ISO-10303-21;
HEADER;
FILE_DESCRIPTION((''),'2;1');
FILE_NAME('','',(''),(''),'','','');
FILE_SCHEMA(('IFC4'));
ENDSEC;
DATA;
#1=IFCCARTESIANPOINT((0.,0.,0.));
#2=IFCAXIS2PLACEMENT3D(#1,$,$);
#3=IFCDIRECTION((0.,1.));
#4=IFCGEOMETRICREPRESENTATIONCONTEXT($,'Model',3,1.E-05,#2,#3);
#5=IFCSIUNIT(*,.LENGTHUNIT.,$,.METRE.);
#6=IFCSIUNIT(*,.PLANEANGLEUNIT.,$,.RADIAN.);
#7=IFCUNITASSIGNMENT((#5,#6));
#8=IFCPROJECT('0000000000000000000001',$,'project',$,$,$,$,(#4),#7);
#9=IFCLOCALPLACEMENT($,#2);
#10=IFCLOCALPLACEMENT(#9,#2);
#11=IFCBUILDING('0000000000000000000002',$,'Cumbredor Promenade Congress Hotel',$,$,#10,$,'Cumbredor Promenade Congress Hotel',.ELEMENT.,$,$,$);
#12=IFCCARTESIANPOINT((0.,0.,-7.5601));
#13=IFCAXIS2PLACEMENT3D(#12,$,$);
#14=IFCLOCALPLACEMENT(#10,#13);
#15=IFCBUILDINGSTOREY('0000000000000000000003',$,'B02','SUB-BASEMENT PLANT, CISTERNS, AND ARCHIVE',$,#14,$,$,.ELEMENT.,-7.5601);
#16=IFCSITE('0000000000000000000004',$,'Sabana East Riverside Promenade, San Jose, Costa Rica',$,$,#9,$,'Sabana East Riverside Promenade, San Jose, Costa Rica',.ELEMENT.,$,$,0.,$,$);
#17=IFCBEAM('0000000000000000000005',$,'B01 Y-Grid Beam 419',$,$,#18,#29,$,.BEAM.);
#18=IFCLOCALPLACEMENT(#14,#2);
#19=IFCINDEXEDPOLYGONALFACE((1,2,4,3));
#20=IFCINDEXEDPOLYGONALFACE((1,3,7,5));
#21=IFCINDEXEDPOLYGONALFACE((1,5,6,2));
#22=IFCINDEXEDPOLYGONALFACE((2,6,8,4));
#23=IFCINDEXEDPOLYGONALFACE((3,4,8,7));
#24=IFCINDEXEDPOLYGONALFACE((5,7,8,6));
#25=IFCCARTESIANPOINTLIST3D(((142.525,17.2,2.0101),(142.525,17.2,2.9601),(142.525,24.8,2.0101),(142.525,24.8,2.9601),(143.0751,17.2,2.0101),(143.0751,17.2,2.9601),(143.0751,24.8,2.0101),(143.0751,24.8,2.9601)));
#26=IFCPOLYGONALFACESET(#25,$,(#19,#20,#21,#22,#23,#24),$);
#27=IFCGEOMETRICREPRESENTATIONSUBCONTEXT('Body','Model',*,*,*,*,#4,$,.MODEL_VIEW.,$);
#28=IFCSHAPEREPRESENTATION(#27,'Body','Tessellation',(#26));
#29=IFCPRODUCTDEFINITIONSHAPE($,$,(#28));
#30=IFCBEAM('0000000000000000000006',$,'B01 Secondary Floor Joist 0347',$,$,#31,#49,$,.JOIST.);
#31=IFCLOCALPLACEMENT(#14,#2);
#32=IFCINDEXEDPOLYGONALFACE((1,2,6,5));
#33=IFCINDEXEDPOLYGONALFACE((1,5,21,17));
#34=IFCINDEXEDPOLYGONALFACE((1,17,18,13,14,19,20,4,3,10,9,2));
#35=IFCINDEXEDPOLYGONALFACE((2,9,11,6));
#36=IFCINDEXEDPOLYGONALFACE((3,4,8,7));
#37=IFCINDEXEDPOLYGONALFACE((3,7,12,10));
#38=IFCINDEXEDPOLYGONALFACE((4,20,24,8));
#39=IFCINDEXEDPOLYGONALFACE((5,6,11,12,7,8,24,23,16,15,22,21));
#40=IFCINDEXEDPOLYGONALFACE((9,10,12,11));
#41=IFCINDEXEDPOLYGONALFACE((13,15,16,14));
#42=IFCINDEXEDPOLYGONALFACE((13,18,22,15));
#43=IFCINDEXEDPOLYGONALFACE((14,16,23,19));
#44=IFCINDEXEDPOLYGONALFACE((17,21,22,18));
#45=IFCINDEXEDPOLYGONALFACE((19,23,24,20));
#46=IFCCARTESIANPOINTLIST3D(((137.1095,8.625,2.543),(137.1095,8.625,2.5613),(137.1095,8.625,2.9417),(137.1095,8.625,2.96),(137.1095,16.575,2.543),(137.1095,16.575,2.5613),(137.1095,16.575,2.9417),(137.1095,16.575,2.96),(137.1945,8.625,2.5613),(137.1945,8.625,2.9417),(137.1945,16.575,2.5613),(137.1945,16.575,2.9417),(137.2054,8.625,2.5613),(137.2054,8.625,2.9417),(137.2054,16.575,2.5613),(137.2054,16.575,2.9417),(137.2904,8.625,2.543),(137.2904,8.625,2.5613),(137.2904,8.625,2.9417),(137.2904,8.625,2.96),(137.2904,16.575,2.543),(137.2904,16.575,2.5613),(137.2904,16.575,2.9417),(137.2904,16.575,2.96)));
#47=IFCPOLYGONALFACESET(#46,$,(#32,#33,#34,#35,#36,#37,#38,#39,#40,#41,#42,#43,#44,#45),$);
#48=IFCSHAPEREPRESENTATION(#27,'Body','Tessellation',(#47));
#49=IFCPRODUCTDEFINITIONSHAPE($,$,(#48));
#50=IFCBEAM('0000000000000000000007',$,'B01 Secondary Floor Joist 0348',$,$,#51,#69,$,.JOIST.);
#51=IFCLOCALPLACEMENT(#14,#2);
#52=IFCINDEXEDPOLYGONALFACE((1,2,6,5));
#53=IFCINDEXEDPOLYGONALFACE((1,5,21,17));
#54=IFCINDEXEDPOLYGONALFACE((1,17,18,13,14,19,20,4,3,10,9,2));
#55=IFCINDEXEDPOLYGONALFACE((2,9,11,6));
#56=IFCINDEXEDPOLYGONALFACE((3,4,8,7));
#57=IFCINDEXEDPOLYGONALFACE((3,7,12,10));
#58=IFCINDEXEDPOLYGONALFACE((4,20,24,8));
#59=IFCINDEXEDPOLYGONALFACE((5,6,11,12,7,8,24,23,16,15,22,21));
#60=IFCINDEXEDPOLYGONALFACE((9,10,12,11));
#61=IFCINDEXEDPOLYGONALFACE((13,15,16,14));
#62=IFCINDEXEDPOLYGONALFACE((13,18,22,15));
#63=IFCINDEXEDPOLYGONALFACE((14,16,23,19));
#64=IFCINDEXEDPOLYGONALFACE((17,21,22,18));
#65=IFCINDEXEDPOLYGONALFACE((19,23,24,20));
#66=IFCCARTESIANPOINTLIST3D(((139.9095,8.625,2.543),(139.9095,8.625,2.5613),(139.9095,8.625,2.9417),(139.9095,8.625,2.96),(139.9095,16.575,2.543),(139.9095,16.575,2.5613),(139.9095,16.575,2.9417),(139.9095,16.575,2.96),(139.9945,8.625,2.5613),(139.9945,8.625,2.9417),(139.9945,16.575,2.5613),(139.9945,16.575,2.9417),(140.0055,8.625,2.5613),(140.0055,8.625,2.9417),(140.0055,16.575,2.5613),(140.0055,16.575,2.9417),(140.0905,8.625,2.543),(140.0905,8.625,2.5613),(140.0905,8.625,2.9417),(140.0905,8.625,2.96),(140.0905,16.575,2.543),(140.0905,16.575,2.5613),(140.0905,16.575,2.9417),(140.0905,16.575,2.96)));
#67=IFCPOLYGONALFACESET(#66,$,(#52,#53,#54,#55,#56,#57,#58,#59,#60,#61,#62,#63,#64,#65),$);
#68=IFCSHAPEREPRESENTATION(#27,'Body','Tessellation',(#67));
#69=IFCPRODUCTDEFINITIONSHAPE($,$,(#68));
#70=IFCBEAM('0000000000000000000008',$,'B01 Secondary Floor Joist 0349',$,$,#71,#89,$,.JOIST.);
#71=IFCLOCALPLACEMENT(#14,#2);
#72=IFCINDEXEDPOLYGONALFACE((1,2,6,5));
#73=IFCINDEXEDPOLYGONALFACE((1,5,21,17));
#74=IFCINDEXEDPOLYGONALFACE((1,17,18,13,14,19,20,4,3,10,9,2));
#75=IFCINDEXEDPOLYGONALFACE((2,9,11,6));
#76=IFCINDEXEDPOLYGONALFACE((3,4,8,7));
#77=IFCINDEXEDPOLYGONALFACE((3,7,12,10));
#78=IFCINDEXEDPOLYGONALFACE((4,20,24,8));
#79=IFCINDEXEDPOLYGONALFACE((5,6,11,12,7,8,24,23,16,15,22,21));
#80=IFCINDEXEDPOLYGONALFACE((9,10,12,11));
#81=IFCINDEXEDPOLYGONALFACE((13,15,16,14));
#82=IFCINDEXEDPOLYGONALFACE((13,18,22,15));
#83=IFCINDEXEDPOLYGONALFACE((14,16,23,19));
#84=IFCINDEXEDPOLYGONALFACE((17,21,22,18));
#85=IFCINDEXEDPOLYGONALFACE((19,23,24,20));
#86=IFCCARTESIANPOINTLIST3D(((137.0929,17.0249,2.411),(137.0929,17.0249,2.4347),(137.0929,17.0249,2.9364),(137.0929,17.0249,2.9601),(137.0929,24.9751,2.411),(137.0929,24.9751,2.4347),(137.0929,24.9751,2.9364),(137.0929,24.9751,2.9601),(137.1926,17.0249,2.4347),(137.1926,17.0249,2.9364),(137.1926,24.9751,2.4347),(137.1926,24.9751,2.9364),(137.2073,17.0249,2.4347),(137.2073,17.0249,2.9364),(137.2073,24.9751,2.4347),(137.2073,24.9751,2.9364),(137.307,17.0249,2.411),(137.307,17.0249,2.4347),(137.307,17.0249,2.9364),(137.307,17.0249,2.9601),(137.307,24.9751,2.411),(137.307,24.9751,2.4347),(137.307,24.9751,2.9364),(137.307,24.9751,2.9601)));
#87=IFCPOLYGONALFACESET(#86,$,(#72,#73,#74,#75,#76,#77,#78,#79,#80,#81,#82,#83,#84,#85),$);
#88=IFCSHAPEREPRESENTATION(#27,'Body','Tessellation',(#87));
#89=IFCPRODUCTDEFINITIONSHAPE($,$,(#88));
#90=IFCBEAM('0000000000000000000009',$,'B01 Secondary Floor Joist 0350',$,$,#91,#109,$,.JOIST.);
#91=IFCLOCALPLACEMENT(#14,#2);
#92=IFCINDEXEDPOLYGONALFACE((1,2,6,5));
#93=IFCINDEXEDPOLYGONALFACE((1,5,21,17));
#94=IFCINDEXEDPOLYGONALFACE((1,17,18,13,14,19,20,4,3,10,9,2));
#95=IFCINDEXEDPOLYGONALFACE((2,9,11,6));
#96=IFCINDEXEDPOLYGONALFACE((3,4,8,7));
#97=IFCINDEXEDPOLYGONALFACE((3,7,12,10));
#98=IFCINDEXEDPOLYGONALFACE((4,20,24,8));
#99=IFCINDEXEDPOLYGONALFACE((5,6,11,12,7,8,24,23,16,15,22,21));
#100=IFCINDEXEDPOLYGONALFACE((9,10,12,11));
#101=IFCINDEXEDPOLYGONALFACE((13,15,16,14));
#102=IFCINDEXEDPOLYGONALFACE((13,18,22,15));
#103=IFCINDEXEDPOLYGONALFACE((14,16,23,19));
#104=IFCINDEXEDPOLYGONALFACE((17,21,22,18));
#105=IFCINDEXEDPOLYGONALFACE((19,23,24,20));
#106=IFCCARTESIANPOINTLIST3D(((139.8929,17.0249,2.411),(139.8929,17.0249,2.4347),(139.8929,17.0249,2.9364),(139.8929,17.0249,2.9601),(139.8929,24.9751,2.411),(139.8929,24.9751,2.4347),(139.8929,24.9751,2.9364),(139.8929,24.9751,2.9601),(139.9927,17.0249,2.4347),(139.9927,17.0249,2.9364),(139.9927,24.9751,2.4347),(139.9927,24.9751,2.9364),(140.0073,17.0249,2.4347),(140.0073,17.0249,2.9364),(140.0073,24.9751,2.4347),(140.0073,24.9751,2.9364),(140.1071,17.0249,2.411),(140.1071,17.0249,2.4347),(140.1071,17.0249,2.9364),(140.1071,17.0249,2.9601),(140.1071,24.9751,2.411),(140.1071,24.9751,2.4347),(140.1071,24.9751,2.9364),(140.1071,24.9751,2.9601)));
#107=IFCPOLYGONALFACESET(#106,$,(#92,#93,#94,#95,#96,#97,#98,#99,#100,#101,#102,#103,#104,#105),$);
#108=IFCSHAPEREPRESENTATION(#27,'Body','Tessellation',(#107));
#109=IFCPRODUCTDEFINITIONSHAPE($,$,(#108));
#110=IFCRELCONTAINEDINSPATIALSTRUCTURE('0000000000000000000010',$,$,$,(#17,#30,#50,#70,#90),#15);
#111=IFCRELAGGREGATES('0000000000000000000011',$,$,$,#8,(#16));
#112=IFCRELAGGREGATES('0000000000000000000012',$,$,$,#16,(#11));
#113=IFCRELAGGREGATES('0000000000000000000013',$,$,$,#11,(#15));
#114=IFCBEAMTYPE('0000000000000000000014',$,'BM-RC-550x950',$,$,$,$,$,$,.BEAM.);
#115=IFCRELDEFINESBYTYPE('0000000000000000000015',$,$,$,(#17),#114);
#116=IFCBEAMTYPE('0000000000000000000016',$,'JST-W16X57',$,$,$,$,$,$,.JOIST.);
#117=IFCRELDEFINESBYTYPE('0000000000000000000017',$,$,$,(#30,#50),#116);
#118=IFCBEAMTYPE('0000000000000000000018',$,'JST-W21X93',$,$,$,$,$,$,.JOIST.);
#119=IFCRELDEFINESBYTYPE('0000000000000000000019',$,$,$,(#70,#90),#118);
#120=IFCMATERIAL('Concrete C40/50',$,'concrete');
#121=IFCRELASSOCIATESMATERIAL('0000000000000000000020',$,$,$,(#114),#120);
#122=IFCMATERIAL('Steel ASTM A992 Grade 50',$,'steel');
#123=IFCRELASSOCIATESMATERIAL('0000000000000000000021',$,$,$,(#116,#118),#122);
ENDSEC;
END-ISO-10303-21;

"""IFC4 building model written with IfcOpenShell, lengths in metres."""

from ifc_helpers import new_model, si_unit, direction, frame, origin, origin_2d, place, context, subcontext, project, spatial, rectangle, i_section, extrude, material, material_profile, profile_set, type_object, element, save


model = new_model("IFC4")

# Units and contexts
model_context = context("Model", 3, precision=1e-05, world=origin(), true_north=direction((0.0, 1.0)))
body_context = subcontext(model_context, "Body", "Model", "MODEL_VIEW")
ifc_project = project(units=[si_unit("LENGTHUNIT", "METRE"), si_unit("PLANEANGLEUNIT", "RADIAN")], contexts=[model_context])

# Site, building, storey
site_placement = place(None, origin())
site = spatial("IfcSite", under=ifc_project, at=site_placement, Name="Sabana East Riverside Promenade, San Jose, Costa Rica", LongName="Sabana East Riverside Promenade, San Jose, Costa Rica", CompositionType="ELEMENT", RefElevation=0.0)
building_placement = place(site_placement, origin())
building = spatial("IfcBuilding", under=site, at=building_placement, Name="Cumbredor Promenade Congress Hotel", LongName="Cumbredor Promenade Congress Hotel", CompositionType="ELEMENT")
storey_placement = place(building_placement, frame((0.0, 0.0, -7.5601)))
storey = spatial("IfcBuildingStorey", under=building, at=storey_placement, Name="B02", Description="SUB-BASEMENT PLANT, CISTERNS, AND ARCHIVE", CompositionType="ELEMENT", Elevation=-7.5601)

# Shared definitions
ifc_material_1 = material(Name="Concrete C40/50", Category="concrete")

# Beams
ifc_material_profile_1 = material_profile(ifc_material_1, rectangle(XDim=0.55, YDim=0.95, at=origin_2d()), Name="RC BEAM 550x950")
ifc_profile_set_1 = profile_set([ifc_material_profile_1], Name="Concrete C40/50")
beam_type_1 = type_object("IfcBeamType", Name="BM-RC-550x950", PredefinedType="BEAM", material=ifc_profile_set_1)
beam_1_placement = place(storey_placement, frame((142.8, 17.2, 2.4851), z_axis=(0.0, 1.0, 0.0), x_axis=(-1.0, 0.0, 0.0)))
element("IfcBeam", 1, at=beam_1_placement, inside=storey, type_object=beam_type_1, Name="B01 Y-Grid Beam 419", PredefinedType="BEAM", context=body_context, shape_type="SweptSolid", body=[
    extrude(rectangle(XDim=0.55, YDim=0.95, at=origin_2d()), origin(), (0.0, 0.0, 1.0), 7.6001),
])
ifc_material_2 = material(Name="Steel ASTM A992 Grade 50", Category="steel")
ifc_material_profile_2 = material_profile(ifc_material_2, i_section(OverallWidth=0.1809, OverallDepth=0.417, WebThickness=0.011, FlangeThickness=0.0183, at=origin_2d()), Name="W16X57")
ifc_profile_set_2 = profile_set([ifc_material_profile_2], Name="Steel ASTM A992 Grade 50")
beam_type_2 = type_object("IfcBeamType", Name="JST-W16X57", PredefinedType="JOIST", material=ifc_profile_set_2)
for number, where, z_axis, x_axis, name in (
    (2, (137.2, 8.625, 2.7515), (0.0, 1.0, 0.0), (-1.0, 0.0, 0.0), "B01 Secondary Floor Joist 0347"),
    (3, (140.0, 8.625, 2.7515), (0.0, 1.0, 0.0), (-1.0, 0.0, 0.0), "B01 Secondary Floor Joist 0348"),
):
    element("IfcBeam", number, at=place(storey_placement, frame(where, z_axis=z_axis, x_axis=x_axis)), inside=storey, type_object=beam_type_2, Name=name, PredefinedType="JOIST", context=body_context, shape_type="SweptSolid", body=[
        extrude(i_section(OverallWidth=0.1809, OverallDepth=0.417, WebThickness=0.011, FlangeThickness=0.0183, at=origin_2d()), origin(), (0.0, 0.0, 1.0), 7.95),
    ])
ifc_material_profile_3 = material_profile(ifc_material_2, i_section(OverallWidth=0.2141, OverallDepth=0.5491, WebThickness=0.0146, FlangeThickness=0.0237, at=origin_2d()), Name="W21X93")
ifc_profile_set_3 = profile_set([ifc_material_profile_3], Name="Steel ASTM A992 Grade 50")
beam_type_3 = type_object("IfcBeamType", Name="JST-W21X93", PredefinedType="JOIST", material=ifc_profile_set_3)
for number, where, z_axis, x_axis, name in (
    (4, (137.2, 17.0249, 2.6855), (0.0, 1.0, 0.0), (-1.0, 0.0, 0.0), "B01 Secondary Floor Joist 0349"),
    (5, (140.0, 17.0249, 2.6855), (0.0, 1.0, 0.0), (-1.0, 0.0, 0.0), "B01 Secondary Floor Joist 0350"),
):
    element("IfcBeam", number, at=place(storey_placement, frame(where, z_axis=z_axis, x_axis=x_axis)), inside=storey, type_object=beam_type_3, Name=name, PredefinedType="JOIST", context=body_context, shape_type="SweptSolid", body=[
        extrude(i_section(OverallWidth=0.2141, OverallDepth=0.5491, WebThickness=0.0146, FlangeThickness=0.0237, at=origin_2d()), origin(), (0.0, 0.0, 1.0), 7.9502),
    ])

save(model, "model.ifc")
